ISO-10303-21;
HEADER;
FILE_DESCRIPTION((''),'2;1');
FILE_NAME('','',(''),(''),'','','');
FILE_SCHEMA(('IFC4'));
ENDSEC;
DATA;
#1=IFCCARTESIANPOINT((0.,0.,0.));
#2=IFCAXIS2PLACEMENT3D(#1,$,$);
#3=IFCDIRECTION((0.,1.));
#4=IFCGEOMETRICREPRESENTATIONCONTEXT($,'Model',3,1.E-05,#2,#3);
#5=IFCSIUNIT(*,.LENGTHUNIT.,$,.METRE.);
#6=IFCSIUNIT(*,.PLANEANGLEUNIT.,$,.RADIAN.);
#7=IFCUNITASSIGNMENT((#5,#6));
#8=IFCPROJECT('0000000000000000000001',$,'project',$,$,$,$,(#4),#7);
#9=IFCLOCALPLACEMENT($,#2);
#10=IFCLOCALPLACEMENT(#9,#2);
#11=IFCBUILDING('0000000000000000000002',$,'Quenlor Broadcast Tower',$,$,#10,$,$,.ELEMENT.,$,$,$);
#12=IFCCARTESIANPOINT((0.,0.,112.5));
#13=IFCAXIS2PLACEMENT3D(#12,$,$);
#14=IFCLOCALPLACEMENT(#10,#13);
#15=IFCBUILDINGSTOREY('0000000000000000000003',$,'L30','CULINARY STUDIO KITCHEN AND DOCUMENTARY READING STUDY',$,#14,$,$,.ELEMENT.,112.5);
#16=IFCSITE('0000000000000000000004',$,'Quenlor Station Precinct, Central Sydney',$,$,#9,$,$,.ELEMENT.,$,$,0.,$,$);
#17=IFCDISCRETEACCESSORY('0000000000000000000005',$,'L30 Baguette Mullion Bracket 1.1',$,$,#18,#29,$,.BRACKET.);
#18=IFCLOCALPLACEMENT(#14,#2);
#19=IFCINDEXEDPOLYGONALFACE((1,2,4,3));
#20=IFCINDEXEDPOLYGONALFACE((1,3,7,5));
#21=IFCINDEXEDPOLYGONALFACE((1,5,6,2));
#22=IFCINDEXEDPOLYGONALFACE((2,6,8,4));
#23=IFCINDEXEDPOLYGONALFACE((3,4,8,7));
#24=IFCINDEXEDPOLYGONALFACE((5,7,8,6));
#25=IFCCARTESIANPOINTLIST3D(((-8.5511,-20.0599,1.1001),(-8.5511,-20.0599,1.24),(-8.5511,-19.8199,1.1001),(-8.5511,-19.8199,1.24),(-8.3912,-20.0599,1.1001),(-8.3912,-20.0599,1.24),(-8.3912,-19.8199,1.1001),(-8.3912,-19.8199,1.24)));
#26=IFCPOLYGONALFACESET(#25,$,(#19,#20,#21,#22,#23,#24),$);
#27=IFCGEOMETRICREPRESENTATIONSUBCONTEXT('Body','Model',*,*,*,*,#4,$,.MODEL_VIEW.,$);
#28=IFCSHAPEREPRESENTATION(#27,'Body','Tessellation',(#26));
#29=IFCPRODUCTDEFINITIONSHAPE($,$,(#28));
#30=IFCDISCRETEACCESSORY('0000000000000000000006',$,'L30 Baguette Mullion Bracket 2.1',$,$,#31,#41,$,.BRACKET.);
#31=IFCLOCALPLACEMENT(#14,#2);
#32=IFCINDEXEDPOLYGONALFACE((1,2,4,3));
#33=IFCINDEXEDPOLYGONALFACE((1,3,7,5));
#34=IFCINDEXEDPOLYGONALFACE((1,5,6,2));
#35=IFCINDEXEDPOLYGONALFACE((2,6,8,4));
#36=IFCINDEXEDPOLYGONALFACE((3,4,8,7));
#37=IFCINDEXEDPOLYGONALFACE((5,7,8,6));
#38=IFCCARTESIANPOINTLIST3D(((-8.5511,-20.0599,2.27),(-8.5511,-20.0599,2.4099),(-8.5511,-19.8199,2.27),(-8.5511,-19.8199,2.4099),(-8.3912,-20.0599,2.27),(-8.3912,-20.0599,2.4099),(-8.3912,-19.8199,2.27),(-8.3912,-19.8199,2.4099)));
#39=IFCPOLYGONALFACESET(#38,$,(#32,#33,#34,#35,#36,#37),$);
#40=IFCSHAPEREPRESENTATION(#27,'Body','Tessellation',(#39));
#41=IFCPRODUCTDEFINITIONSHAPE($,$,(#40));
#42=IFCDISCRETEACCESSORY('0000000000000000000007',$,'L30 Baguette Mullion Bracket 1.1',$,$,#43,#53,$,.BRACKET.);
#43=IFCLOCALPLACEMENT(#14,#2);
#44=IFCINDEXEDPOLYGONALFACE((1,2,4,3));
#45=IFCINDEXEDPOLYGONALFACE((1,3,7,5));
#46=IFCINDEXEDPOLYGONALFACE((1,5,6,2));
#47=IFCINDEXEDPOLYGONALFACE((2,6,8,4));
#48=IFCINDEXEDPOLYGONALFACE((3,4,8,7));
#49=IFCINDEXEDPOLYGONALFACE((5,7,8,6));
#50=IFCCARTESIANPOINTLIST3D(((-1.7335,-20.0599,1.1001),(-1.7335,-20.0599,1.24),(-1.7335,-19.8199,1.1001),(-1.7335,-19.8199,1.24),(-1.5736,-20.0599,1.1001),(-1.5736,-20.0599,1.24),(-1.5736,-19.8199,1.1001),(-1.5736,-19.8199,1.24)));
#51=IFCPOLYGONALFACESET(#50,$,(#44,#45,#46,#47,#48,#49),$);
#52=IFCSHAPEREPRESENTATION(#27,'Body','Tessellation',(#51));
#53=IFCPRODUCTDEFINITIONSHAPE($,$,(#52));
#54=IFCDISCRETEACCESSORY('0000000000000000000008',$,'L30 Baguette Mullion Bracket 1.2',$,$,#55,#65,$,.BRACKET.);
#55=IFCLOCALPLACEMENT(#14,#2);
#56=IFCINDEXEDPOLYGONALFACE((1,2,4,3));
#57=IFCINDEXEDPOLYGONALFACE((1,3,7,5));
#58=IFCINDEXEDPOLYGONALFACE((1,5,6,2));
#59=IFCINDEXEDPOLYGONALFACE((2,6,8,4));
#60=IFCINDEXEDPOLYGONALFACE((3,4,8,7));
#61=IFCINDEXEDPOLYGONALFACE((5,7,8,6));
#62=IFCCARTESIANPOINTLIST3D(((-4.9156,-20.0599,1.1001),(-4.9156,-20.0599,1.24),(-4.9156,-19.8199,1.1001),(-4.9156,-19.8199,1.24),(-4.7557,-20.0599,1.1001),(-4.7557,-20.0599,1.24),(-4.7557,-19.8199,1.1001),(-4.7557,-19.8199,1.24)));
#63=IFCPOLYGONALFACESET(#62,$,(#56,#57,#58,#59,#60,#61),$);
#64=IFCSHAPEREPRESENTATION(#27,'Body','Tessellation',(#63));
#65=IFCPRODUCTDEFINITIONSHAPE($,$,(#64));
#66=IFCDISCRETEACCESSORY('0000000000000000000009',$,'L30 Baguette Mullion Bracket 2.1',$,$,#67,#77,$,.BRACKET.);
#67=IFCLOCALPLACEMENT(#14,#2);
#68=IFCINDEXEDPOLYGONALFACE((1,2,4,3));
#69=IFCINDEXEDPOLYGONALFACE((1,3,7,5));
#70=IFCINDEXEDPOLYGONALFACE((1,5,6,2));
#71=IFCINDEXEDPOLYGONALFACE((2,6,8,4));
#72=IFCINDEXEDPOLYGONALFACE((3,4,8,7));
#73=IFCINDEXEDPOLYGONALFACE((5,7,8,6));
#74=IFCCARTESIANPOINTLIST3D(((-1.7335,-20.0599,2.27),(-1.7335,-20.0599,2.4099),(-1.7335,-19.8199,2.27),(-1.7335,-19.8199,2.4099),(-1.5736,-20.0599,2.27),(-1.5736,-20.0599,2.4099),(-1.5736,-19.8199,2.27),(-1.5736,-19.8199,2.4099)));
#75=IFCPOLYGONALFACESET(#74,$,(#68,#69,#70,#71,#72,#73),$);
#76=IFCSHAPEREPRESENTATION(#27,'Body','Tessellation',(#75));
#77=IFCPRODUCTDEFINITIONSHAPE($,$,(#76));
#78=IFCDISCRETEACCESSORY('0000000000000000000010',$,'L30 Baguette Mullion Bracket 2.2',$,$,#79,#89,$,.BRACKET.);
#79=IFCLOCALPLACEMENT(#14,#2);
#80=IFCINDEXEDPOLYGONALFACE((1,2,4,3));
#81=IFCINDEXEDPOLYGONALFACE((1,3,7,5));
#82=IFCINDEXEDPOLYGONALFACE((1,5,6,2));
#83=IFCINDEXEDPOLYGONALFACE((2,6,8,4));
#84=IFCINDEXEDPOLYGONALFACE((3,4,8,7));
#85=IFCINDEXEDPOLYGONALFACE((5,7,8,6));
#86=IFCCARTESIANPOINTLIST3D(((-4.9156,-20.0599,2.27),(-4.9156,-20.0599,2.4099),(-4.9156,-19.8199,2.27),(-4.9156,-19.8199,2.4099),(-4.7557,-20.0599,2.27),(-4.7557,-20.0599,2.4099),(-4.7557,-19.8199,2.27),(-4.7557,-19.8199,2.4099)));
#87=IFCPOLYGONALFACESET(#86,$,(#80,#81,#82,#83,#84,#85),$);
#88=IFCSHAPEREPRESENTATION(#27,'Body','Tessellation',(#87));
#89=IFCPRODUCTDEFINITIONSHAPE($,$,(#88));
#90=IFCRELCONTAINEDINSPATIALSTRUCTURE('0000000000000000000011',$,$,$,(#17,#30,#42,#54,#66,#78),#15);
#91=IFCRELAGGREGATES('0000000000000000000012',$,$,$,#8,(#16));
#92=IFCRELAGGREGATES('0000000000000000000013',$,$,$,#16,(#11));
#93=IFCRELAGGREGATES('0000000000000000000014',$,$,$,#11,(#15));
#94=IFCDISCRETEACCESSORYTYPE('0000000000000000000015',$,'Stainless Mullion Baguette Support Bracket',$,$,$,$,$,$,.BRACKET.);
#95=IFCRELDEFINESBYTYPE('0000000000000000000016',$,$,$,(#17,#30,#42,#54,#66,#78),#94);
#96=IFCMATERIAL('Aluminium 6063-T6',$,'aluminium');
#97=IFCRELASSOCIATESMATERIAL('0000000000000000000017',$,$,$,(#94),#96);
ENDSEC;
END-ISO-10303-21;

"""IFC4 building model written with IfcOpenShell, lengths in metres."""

from ifc_helpers import new_model, si_unit, direction, frame, origin, origin_2d, place, context, subcontext, project, spatial, rectangle, extrude, material, type_object, element, save


model = new_model("IFC4")

# Units and contexts
model_context = context("Model", 3, precision=1e-05, world=origin(), true_north=direction((0.0, 1.0)))
body_context = subcontext(model_context, "Body", "Model", "MODEL_VIEW")
ifc_project = project(units=[si_unit("LENGTHUNIT", "METRE"), si_unit("PLANEANGLEUNIT", "RADIAN")], contexts=[model_context])

# Site, building, storey
site_placement = place(None, origin())
site = spatial("IfcSite", under=ifc_project, at=site_placement, Name="Quenlor Station Precinct, Central Sydney", CompositionType="ELEMENT", RefElevation=0.0)
building_placement = place(site_placement, origin())
building = spatial("IfcBuilding", under=site, at=building_placement, Name="Quenlor Broadcast Tower", CompositionType="ELEMENT")
storey_placement = place(building_placement, frame((0.0, 0.0, 112.5)))
storey = spatial("IfcBuildingStorey", under=building, at=storey_placement, Name="L30", Description="CULINARY STUDIO KITCHEN AND DOCUMENTARY READING STUDY", CompositionType="ELEMENT", Elevation=112.5)

# Discrete accessories
ifc_material_1 = material(Name="Aluminium 6063-T6", Category="aluminium")
discrete_accessory_type = type_object("IfcDiscreteAccessoryType", Name="Stainless Mullion Baguette Support Bracket", PredefinedType="BRACKET", material=ifc_material_1)
for number, where, z_axis, x_axis, name in (
    (1, (-8.4712, -19.9399, 1.1001), (0.0, 0.0, 1.0), (-1.0, 0.0, 0.0), "L30 Baguette Mullion Bracket 1.1"),
    (2, (-8.4712, -19.9399, 2.27), (0.0, 0.0, 1.0), (-1.0, 0.0, 0.0), "L30 Baguette Mullion Bracket 2.1"),
    (3, (-1.6536, -19.9399, 1.1001), (0.0, 0.0, 1.0), (-1.0, 0.0, 0.0), "L30 Baguette Mullion Bracket 1.1"),
    (4, (-4.8357, -19.9399, 1.1001), (0.0, 0.0, 1.0), (-1.0, 0.0, 0.0), "L30 Baguette Mullion Bracket 1.2"),
    (5, (-1.6536, -19.9399, 2.27), (0.0, 0.0, 1.0), (-1.0, 0.0, 0.0), "L30 Baguette Mullion Bracket 2.1"),
    (6, (-4.8357, -19.9399, 2.27), (0.0, 0.0, 1.0), (-1.0, 0.0, 0.0), "L30 Baguette Mullion Bracket 2.2"),
):
    element("IfcDiscreteAccessory", number, at=place(storey_placement, frame(where, z_axis=z_axis, x_axis=x_axis)), inside=storey, type_object=discrete_accessory_type, Name=name, PredefinedType="BRACKET", context=body_context, shape_type="SweptSolid", body=[
        extrude(rectangle(XDim=0.1599, YDim=0.24, at=origin_2d()), origin(), (0.0, 0.0, 1.0), 0.1399),
    ])

save(model, "model.ifc")
